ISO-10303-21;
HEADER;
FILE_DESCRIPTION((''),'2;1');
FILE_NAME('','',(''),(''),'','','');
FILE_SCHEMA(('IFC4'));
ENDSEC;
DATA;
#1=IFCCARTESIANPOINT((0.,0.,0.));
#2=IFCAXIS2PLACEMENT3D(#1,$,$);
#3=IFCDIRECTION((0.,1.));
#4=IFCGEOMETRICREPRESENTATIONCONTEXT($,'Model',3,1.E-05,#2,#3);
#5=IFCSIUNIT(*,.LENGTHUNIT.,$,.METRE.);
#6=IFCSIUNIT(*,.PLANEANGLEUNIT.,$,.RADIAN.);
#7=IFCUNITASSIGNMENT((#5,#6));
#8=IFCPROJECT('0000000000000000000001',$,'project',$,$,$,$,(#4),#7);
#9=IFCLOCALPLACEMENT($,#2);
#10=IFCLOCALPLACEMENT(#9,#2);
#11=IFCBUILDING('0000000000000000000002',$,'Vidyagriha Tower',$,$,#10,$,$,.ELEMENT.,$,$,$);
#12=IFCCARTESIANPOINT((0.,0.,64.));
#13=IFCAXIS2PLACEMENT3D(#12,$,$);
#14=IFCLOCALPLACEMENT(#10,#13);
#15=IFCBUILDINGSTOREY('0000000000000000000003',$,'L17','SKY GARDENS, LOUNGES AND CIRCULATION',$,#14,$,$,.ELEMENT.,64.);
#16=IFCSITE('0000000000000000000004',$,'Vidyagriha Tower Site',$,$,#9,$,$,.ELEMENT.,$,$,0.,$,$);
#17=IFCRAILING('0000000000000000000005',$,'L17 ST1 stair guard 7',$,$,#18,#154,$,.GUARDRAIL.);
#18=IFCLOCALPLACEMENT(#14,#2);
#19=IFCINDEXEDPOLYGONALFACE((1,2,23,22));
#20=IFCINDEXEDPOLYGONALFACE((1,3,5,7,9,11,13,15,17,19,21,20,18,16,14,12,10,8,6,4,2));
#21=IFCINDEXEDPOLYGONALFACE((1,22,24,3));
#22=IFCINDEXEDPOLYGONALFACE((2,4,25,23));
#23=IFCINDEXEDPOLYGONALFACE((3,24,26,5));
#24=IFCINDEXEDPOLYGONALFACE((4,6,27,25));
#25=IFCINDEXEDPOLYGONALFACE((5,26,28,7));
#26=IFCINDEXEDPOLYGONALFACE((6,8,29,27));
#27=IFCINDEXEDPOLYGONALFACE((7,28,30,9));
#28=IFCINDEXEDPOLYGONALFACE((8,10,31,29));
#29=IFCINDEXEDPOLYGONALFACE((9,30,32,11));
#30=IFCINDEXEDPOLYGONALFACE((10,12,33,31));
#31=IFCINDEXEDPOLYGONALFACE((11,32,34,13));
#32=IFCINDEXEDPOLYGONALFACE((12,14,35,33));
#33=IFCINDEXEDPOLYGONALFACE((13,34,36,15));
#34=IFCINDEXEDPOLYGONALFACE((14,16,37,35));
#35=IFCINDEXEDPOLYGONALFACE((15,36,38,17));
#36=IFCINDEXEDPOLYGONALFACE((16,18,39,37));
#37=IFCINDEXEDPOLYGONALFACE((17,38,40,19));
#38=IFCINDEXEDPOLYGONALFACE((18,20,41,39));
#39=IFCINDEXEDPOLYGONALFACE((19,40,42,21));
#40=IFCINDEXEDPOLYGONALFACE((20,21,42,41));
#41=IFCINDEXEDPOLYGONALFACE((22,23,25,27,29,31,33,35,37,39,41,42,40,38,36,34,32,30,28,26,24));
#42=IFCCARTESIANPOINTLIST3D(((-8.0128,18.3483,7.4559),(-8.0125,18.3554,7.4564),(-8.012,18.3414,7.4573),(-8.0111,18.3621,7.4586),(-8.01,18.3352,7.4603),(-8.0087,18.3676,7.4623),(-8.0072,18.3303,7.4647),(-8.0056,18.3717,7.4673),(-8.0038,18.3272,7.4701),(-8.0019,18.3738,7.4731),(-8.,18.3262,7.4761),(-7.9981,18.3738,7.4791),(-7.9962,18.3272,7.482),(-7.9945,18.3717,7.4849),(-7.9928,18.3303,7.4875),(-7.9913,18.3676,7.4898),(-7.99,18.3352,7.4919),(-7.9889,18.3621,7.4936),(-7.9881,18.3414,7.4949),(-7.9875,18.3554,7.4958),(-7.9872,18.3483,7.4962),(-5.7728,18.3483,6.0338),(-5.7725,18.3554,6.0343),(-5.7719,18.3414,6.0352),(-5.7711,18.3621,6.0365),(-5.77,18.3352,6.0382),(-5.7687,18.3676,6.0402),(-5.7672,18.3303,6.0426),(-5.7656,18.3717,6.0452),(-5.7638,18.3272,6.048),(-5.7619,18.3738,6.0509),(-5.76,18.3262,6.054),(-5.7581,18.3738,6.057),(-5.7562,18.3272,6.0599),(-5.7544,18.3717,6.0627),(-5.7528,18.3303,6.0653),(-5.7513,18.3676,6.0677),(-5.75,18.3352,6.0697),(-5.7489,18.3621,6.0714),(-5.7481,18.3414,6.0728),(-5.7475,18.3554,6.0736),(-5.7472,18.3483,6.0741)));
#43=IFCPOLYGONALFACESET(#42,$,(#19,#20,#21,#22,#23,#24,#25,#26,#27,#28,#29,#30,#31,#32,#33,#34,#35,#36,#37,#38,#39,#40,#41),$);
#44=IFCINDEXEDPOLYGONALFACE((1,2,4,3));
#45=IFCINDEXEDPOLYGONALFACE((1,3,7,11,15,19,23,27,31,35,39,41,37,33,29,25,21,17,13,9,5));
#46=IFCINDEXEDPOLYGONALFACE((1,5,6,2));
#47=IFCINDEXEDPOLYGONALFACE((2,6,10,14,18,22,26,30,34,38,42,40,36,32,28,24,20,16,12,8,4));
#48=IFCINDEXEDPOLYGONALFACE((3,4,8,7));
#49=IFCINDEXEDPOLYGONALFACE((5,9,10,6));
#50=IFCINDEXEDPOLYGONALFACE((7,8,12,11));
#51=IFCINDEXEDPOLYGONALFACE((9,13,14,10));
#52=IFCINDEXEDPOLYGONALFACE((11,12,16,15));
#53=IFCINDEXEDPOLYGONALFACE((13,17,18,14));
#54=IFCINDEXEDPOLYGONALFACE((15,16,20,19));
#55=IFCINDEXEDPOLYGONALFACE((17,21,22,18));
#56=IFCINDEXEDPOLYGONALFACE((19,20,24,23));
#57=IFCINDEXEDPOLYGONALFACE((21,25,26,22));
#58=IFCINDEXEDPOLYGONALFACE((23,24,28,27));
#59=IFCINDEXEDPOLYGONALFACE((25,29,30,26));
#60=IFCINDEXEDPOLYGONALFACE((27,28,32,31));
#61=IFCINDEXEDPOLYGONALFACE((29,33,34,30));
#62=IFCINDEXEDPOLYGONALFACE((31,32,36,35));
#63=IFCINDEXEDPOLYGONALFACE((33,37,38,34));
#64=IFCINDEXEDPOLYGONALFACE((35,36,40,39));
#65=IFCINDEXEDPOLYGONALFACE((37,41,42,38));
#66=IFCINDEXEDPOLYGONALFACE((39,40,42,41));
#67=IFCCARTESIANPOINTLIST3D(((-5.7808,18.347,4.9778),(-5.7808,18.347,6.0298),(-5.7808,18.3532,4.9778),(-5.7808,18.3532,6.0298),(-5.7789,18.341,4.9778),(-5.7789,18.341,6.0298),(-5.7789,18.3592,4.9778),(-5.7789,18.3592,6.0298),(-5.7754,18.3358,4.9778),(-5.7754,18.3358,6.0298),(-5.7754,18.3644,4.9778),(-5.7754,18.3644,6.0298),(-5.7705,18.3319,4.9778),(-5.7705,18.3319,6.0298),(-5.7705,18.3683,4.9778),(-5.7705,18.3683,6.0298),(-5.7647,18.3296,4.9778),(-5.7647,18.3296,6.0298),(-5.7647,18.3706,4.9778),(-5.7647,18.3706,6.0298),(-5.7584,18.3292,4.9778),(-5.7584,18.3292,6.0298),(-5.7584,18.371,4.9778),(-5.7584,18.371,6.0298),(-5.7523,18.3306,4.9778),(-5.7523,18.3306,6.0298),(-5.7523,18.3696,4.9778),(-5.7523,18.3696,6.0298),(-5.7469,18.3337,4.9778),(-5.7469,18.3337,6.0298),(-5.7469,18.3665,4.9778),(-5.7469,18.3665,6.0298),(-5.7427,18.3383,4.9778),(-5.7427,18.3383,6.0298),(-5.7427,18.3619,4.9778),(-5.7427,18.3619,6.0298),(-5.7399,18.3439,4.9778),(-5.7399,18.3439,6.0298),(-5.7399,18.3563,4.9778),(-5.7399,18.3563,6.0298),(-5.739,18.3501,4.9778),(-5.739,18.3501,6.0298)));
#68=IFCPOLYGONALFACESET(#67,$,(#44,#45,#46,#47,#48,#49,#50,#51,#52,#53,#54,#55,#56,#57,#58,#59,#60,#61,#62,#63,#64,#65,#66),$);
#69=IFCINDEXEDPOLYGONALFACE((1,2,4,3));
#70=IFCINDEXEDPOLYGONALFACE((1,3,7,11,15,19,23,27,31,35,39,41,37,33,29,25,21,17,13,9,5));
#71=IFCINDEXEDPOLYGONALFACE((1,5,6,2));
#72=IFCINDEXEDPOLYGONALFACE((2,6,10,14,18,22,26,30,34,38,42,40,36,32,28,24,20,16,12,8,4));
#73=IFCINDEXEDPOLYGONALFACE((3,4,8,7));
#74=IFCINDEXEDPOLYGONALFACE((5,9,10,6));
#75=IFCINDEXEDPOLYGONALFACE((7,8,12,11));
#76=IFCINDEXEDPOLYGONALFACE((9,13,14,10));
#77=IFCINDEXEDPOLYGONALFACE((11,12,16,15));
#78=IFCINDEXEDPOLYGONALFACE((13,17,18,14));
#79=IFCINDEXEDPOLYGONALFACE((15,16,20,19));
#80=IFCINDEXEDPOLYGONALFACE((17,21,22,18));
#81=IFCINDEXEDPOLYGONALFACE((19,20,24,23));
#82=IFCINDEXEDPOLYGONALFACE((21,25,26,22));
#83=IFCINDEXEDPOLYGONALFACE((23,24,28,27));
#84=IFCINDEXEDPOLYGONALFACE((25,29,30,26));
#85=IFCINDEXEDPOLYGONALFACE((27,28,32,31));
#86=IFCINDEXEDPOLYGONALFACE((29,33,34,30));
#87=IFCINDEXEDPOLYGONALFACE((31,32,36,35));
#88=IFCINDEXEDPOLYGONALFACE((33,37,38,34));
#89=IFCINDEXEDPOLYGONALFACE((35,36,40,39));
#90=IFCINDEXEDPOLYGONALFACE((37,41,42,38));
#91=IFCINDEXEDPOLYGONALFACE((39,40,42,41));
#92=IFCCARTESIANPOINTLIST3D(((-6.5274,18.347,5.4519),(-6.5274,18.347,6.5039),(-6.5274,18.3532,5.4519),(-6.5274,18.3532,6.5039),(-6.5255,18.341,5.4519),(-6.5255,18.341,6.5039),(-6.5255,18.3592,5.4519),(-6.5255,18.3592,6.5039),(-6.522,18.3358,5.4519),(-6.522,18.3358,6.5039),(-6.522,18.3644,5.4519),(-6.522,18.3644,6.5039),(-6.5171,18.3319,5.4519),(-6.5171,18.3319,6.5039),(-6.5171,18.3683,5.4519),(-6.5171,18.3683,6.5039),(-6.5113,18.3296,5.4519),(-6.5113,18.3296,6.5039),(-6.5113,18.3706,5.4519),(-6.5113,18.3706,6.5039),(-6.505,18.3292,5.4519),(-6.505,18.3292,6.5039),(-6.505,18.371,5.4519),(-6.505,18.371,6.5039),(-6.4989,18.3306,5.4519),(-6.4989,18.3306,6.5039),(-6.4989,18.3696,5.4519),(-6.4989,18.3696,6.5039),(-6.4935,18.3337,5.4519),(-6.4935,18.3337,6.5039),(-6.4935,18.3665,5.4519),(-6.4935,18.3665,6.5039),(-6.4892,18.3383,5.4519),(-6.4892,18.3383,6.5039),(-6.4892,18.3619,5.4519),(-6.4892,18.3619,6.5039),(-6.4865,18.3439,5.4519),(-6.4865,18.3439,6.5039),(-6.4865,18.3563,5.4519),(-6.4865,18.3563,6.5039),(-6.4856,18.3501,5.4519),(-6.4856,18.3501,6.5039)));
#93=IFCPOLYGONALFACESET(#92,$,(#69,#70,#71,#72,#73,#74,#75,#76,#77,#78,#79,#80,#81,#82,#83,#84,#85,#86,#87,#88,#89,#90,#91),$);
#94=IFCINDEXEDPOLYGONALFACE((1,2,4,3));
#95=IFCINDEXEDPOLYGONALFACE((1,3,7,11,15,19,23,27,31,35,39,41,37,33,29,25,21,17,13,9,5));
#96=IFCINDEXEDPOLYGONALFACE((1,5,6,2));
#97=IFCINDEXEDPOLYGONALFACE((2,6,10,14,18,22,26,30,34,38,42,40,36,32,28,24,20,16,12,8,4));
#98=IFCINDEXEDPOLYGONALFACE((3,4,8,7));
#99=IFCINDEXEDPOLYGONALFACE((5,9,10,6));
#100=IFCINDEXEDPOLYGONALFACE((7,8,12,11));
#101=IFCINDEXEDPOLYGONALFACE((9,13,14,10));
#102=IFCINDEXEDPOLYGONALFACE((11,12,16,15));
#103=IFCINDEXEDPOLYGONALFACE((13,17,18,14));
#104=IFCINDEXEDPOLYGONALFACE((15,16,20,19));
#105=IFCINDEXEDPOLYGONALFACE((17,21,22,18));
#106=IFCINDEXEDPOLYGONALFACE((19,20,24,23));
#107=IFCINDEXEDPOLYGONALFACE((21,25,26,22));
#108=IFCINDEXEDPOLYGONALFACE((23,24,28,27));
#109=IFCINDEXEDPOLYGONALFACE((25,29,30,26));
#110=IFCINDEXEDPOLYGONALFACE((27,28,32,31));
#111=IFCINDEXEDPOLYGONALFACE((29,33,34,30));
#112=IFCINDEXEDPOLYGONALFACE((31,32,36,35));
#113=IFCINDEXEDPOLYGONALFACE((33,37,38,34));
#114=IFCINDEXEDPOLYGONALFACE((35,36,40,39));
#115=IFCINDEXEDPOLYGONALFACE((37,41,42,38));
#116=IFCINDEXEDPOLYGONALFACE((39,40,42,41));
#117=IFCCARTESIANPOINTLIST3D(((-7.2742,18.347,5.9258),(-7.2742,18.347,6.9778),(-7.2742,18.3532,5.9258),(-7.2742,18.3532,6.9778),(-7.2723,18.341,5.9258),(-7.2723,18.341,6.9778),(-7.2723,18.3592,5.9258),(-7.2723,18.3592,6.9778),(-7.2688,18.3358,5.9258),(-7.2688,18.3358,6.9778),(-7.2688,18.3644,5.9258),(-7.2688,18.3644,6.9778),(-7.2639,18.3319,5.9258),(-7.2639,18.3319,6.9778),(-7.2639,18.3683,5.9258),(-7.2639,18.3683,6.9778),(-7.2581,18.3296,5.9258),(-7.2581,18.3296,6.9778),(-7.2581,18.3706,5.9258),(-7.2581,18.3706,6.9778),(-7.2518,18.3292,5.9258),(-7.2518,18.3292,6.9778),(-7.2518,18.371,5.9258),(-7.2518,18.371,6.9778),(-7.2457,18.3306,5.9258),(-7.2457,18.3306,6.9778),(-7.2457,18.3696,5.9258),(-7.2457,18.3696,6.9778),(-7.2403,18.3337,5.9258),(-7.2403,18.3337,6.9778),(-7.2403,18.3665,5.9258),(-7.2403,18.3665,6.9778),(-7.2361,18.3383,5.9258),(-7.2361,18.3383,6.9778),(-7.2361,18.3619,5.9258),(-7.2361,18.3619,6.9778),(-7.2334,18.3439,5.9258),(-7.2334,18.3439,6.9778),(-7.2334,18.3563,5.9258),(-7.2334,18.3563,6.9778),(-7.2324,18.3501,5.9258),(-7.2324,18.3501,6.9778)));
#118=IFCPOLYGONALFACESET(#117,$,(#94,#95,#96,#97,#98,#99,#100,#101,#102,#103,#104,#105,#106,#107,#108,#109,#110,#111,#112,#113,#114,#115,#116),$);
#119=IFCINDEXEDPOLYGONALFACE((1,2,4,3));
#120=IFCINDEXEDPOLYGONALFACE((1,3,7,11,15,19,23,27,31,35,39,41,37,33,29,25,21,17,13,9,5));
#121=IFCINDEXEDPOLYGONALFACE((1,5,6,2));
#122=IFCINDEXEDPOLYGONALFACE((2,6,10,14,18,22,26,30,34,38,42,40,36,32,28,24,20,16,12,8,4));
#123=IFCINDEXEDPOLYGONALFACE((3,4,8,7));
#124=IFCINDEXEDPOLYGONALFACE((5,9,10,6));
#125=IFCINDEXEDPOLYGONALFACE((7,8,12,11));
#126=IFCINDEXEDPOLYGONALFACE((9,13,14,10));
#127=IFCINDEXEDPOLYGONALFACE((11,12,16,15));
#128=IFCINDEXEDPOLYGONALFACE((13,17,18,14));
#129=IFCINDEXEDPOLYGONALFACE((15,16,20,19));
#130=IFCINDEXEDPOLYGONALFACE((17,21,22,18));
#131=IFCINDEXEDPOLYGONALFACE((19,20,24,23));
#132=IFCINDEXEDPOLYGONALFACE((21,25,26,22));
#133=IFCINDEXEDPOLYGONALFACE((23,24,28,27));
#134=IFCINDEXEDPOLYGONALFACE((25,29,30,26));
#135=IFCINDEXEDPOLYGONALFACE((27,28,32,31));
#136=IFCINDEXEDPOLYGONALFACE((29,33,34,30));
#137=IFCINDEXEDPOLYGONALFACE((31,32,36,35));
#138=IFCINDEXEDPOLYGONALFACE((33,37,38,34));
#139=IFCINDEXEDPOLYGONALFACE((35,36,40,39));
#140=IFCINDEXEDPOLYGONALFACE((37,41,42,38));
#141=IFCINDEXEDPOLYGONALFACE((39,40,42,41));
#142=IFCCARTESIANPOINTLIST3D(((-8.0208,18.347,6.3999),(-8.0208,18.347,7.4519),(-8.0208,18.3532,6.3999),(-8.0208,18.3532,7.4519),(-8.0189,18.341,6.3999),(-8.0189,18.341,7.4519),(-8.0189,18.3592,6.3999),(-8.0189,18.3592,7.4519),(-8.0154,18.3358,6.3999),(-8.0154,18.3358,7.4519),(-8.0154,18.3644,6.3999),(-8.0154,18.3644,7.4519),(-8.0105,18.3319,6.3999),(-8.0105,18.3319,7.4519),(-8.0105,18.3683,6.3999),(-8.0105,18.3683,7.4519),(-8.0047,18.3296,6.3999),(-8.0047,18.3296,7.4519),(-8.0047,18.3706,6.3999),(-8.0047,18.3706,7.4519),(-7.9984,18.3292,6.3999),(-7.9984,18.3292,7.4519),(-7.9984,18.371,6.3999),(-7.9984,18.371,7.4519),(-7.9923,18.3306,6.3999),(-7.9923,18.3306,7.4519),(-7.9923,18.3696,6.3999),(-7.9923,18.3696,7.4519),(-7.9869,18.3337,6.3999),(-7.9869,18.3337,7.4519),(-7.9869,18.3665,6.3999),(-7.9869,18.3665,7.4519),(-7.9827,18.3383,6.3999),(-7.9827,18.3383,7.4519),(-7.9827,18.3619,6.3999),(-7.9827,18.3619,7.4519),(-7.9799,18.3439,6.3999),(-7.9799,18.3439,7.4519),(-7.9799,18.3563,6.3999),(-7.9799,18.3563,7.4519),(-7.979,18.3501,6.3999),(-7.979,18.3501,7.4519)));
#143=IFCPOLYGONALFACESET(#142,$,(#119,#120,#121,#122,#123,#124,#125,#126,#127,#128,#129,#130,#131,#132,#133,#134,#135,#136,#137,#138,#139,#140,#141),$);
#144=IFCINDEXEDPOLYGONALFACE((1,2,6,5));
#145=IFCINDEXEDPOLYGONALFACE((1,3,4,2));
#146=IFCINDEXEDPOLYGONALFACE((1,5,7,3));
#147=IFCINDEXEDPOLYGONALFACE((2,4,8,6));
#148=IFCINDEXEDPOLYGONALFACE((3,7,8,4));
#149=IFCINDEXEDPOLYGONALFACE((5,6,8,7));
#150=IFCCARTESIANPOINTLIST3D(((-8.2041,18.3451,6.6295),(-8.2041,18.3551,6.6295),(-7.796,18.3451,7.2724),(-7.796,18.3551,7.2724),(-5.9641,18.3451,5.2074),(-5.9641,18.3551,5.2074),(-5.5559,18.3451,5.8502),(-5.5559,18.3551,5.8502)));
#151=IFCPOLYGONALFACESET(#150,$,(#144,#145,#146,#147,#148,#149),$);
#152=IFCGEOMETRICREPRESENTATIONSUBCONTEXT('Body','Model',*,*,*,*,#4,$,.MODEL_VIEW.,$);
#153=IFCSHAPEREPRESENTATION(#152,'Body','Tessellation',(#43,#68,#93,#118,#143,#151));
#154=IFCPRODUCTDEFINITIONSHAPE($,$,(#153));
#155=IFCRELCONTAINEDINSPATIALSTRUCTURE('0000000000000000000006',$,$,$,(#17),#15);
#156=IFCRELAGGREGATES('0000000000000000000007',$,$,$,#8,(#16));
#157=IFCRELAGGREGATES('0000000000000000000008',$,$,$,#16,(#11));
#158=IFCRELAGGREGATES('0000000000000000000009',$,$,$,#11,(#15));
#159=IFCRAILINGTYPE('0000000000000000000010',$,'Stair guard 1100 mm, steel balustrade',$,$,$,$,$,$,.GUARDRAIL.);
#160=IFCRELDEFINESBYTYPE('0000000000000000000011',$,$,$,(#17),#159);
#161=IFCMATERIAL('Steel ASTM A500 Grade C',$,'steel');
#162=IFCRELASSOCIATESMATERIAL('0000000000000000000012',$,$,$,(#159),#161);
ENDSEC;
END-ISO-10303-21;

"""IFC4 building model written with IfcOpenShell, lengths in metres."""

from ifc_helpers import new_model, si_unit, direction, frame, origin, origin_2d, place, context, subcontext, project, spatial, rectangle, circle, extrude, material, type_object, element, save


model = new_model("IFC4")

# Units and contexts
model_context = context("Model", 3, precision=1e-05, world=origin(), true_north=direction((0.0, 1.0)))
body_context = subcontext(model_context, "Body", "Model", "MODEL_VIEW")
ifc_project = project(units=[si_unit("LENGTHUNIT", "METRE"), si_unit("PLANEANGLEUNIT", "RADIAN")], contexts=[model_context])

# Site, building, storey
site_placement = place(None, origin())
site = spatial("IfcSite", under=ifc_project, at=site_placement, Name="Vidyagriha Tower Site", CompositionType="ELEMENT", RefElevation=0.0)
building_placement = place(site_placement, origin())
building = spatial("IfcBuilding", under=site, at=building_placement, Name="Vidyagriha Tower", CompositionType="ELEMENT")
storey_placement = place(building_placement, frame((0.0, 0.0, 64.0)))
storey = spatial("IfcBuildingStorey", under=building, at=storey_placement, Name="L17", Description="SKY GARDENS, LOUNGES AND CIRCULATION", CompositionType="ELEMENT", Elevation=64.0)

# Railing
ifc_material_1 = material(Name="Steel ASTM A500 Grade C", Category="steel")
railing_type_1 = type_object("IfcRailingType", Name="Stair guard 1100 mm, steel balustrade", PredefinedType="GUARDRAIL", material=ifc_material_1)
railing_1_placement = place(storey_placement, frame((-5.76, 18.3501, 4.9778)))
element("IfcRailing", 1, at=railing_1_placement, inside=storey, type_object=railing_type_1, Name="L17 ST1 stair guard 7", PredefinedType="GUARDRAIL", context=body_context, shape_type="SweptSolid", body=[
    extrude(circle(Radius=0.0239, at=origin_2d()), frame((0.0, 0.0, 1.0762), z_axis=(-0.844229, 0.0, 0.535982), x_axis=(0.0, -1.0, 0.0)), (0.0, 0.0, 1.0), 2.6533),
    extrude(circle(Radius=0.021, at=origin_2d()), origin(), (0.0, 0.0, 1.0), 1.052),
    extrude(circle(Radius=0.021, at=origin_2d()), frame((-0.7466, 0.0, 0.4741)), (0.0, 0.0, 1.0), 1.052),
    extrude(circle(Radius=0.021, at=origin_2d()), frame((-1.4934, 0.0, 0.948)), (0.0, 0.0, 1.0), 1.052),
    extrude(circle(Radius=0.021, at=origin_2d()), frame((-2.24, 0.0, 1.4221)), (0.0, 0.0, 1.0), 1.052),
    extrude(rectangle(XDim=0.01, YDim=0.7615, at=origin_2d()), frame((0.0, 0.0, 0.551), z_axis=(-0.844229, 0.0, 0.535982), x_axis=(0.0, -1.0, 0.0)), (0.0, 0.0, 1.0), 2.6533),
])

save(model, "model.ifc")
